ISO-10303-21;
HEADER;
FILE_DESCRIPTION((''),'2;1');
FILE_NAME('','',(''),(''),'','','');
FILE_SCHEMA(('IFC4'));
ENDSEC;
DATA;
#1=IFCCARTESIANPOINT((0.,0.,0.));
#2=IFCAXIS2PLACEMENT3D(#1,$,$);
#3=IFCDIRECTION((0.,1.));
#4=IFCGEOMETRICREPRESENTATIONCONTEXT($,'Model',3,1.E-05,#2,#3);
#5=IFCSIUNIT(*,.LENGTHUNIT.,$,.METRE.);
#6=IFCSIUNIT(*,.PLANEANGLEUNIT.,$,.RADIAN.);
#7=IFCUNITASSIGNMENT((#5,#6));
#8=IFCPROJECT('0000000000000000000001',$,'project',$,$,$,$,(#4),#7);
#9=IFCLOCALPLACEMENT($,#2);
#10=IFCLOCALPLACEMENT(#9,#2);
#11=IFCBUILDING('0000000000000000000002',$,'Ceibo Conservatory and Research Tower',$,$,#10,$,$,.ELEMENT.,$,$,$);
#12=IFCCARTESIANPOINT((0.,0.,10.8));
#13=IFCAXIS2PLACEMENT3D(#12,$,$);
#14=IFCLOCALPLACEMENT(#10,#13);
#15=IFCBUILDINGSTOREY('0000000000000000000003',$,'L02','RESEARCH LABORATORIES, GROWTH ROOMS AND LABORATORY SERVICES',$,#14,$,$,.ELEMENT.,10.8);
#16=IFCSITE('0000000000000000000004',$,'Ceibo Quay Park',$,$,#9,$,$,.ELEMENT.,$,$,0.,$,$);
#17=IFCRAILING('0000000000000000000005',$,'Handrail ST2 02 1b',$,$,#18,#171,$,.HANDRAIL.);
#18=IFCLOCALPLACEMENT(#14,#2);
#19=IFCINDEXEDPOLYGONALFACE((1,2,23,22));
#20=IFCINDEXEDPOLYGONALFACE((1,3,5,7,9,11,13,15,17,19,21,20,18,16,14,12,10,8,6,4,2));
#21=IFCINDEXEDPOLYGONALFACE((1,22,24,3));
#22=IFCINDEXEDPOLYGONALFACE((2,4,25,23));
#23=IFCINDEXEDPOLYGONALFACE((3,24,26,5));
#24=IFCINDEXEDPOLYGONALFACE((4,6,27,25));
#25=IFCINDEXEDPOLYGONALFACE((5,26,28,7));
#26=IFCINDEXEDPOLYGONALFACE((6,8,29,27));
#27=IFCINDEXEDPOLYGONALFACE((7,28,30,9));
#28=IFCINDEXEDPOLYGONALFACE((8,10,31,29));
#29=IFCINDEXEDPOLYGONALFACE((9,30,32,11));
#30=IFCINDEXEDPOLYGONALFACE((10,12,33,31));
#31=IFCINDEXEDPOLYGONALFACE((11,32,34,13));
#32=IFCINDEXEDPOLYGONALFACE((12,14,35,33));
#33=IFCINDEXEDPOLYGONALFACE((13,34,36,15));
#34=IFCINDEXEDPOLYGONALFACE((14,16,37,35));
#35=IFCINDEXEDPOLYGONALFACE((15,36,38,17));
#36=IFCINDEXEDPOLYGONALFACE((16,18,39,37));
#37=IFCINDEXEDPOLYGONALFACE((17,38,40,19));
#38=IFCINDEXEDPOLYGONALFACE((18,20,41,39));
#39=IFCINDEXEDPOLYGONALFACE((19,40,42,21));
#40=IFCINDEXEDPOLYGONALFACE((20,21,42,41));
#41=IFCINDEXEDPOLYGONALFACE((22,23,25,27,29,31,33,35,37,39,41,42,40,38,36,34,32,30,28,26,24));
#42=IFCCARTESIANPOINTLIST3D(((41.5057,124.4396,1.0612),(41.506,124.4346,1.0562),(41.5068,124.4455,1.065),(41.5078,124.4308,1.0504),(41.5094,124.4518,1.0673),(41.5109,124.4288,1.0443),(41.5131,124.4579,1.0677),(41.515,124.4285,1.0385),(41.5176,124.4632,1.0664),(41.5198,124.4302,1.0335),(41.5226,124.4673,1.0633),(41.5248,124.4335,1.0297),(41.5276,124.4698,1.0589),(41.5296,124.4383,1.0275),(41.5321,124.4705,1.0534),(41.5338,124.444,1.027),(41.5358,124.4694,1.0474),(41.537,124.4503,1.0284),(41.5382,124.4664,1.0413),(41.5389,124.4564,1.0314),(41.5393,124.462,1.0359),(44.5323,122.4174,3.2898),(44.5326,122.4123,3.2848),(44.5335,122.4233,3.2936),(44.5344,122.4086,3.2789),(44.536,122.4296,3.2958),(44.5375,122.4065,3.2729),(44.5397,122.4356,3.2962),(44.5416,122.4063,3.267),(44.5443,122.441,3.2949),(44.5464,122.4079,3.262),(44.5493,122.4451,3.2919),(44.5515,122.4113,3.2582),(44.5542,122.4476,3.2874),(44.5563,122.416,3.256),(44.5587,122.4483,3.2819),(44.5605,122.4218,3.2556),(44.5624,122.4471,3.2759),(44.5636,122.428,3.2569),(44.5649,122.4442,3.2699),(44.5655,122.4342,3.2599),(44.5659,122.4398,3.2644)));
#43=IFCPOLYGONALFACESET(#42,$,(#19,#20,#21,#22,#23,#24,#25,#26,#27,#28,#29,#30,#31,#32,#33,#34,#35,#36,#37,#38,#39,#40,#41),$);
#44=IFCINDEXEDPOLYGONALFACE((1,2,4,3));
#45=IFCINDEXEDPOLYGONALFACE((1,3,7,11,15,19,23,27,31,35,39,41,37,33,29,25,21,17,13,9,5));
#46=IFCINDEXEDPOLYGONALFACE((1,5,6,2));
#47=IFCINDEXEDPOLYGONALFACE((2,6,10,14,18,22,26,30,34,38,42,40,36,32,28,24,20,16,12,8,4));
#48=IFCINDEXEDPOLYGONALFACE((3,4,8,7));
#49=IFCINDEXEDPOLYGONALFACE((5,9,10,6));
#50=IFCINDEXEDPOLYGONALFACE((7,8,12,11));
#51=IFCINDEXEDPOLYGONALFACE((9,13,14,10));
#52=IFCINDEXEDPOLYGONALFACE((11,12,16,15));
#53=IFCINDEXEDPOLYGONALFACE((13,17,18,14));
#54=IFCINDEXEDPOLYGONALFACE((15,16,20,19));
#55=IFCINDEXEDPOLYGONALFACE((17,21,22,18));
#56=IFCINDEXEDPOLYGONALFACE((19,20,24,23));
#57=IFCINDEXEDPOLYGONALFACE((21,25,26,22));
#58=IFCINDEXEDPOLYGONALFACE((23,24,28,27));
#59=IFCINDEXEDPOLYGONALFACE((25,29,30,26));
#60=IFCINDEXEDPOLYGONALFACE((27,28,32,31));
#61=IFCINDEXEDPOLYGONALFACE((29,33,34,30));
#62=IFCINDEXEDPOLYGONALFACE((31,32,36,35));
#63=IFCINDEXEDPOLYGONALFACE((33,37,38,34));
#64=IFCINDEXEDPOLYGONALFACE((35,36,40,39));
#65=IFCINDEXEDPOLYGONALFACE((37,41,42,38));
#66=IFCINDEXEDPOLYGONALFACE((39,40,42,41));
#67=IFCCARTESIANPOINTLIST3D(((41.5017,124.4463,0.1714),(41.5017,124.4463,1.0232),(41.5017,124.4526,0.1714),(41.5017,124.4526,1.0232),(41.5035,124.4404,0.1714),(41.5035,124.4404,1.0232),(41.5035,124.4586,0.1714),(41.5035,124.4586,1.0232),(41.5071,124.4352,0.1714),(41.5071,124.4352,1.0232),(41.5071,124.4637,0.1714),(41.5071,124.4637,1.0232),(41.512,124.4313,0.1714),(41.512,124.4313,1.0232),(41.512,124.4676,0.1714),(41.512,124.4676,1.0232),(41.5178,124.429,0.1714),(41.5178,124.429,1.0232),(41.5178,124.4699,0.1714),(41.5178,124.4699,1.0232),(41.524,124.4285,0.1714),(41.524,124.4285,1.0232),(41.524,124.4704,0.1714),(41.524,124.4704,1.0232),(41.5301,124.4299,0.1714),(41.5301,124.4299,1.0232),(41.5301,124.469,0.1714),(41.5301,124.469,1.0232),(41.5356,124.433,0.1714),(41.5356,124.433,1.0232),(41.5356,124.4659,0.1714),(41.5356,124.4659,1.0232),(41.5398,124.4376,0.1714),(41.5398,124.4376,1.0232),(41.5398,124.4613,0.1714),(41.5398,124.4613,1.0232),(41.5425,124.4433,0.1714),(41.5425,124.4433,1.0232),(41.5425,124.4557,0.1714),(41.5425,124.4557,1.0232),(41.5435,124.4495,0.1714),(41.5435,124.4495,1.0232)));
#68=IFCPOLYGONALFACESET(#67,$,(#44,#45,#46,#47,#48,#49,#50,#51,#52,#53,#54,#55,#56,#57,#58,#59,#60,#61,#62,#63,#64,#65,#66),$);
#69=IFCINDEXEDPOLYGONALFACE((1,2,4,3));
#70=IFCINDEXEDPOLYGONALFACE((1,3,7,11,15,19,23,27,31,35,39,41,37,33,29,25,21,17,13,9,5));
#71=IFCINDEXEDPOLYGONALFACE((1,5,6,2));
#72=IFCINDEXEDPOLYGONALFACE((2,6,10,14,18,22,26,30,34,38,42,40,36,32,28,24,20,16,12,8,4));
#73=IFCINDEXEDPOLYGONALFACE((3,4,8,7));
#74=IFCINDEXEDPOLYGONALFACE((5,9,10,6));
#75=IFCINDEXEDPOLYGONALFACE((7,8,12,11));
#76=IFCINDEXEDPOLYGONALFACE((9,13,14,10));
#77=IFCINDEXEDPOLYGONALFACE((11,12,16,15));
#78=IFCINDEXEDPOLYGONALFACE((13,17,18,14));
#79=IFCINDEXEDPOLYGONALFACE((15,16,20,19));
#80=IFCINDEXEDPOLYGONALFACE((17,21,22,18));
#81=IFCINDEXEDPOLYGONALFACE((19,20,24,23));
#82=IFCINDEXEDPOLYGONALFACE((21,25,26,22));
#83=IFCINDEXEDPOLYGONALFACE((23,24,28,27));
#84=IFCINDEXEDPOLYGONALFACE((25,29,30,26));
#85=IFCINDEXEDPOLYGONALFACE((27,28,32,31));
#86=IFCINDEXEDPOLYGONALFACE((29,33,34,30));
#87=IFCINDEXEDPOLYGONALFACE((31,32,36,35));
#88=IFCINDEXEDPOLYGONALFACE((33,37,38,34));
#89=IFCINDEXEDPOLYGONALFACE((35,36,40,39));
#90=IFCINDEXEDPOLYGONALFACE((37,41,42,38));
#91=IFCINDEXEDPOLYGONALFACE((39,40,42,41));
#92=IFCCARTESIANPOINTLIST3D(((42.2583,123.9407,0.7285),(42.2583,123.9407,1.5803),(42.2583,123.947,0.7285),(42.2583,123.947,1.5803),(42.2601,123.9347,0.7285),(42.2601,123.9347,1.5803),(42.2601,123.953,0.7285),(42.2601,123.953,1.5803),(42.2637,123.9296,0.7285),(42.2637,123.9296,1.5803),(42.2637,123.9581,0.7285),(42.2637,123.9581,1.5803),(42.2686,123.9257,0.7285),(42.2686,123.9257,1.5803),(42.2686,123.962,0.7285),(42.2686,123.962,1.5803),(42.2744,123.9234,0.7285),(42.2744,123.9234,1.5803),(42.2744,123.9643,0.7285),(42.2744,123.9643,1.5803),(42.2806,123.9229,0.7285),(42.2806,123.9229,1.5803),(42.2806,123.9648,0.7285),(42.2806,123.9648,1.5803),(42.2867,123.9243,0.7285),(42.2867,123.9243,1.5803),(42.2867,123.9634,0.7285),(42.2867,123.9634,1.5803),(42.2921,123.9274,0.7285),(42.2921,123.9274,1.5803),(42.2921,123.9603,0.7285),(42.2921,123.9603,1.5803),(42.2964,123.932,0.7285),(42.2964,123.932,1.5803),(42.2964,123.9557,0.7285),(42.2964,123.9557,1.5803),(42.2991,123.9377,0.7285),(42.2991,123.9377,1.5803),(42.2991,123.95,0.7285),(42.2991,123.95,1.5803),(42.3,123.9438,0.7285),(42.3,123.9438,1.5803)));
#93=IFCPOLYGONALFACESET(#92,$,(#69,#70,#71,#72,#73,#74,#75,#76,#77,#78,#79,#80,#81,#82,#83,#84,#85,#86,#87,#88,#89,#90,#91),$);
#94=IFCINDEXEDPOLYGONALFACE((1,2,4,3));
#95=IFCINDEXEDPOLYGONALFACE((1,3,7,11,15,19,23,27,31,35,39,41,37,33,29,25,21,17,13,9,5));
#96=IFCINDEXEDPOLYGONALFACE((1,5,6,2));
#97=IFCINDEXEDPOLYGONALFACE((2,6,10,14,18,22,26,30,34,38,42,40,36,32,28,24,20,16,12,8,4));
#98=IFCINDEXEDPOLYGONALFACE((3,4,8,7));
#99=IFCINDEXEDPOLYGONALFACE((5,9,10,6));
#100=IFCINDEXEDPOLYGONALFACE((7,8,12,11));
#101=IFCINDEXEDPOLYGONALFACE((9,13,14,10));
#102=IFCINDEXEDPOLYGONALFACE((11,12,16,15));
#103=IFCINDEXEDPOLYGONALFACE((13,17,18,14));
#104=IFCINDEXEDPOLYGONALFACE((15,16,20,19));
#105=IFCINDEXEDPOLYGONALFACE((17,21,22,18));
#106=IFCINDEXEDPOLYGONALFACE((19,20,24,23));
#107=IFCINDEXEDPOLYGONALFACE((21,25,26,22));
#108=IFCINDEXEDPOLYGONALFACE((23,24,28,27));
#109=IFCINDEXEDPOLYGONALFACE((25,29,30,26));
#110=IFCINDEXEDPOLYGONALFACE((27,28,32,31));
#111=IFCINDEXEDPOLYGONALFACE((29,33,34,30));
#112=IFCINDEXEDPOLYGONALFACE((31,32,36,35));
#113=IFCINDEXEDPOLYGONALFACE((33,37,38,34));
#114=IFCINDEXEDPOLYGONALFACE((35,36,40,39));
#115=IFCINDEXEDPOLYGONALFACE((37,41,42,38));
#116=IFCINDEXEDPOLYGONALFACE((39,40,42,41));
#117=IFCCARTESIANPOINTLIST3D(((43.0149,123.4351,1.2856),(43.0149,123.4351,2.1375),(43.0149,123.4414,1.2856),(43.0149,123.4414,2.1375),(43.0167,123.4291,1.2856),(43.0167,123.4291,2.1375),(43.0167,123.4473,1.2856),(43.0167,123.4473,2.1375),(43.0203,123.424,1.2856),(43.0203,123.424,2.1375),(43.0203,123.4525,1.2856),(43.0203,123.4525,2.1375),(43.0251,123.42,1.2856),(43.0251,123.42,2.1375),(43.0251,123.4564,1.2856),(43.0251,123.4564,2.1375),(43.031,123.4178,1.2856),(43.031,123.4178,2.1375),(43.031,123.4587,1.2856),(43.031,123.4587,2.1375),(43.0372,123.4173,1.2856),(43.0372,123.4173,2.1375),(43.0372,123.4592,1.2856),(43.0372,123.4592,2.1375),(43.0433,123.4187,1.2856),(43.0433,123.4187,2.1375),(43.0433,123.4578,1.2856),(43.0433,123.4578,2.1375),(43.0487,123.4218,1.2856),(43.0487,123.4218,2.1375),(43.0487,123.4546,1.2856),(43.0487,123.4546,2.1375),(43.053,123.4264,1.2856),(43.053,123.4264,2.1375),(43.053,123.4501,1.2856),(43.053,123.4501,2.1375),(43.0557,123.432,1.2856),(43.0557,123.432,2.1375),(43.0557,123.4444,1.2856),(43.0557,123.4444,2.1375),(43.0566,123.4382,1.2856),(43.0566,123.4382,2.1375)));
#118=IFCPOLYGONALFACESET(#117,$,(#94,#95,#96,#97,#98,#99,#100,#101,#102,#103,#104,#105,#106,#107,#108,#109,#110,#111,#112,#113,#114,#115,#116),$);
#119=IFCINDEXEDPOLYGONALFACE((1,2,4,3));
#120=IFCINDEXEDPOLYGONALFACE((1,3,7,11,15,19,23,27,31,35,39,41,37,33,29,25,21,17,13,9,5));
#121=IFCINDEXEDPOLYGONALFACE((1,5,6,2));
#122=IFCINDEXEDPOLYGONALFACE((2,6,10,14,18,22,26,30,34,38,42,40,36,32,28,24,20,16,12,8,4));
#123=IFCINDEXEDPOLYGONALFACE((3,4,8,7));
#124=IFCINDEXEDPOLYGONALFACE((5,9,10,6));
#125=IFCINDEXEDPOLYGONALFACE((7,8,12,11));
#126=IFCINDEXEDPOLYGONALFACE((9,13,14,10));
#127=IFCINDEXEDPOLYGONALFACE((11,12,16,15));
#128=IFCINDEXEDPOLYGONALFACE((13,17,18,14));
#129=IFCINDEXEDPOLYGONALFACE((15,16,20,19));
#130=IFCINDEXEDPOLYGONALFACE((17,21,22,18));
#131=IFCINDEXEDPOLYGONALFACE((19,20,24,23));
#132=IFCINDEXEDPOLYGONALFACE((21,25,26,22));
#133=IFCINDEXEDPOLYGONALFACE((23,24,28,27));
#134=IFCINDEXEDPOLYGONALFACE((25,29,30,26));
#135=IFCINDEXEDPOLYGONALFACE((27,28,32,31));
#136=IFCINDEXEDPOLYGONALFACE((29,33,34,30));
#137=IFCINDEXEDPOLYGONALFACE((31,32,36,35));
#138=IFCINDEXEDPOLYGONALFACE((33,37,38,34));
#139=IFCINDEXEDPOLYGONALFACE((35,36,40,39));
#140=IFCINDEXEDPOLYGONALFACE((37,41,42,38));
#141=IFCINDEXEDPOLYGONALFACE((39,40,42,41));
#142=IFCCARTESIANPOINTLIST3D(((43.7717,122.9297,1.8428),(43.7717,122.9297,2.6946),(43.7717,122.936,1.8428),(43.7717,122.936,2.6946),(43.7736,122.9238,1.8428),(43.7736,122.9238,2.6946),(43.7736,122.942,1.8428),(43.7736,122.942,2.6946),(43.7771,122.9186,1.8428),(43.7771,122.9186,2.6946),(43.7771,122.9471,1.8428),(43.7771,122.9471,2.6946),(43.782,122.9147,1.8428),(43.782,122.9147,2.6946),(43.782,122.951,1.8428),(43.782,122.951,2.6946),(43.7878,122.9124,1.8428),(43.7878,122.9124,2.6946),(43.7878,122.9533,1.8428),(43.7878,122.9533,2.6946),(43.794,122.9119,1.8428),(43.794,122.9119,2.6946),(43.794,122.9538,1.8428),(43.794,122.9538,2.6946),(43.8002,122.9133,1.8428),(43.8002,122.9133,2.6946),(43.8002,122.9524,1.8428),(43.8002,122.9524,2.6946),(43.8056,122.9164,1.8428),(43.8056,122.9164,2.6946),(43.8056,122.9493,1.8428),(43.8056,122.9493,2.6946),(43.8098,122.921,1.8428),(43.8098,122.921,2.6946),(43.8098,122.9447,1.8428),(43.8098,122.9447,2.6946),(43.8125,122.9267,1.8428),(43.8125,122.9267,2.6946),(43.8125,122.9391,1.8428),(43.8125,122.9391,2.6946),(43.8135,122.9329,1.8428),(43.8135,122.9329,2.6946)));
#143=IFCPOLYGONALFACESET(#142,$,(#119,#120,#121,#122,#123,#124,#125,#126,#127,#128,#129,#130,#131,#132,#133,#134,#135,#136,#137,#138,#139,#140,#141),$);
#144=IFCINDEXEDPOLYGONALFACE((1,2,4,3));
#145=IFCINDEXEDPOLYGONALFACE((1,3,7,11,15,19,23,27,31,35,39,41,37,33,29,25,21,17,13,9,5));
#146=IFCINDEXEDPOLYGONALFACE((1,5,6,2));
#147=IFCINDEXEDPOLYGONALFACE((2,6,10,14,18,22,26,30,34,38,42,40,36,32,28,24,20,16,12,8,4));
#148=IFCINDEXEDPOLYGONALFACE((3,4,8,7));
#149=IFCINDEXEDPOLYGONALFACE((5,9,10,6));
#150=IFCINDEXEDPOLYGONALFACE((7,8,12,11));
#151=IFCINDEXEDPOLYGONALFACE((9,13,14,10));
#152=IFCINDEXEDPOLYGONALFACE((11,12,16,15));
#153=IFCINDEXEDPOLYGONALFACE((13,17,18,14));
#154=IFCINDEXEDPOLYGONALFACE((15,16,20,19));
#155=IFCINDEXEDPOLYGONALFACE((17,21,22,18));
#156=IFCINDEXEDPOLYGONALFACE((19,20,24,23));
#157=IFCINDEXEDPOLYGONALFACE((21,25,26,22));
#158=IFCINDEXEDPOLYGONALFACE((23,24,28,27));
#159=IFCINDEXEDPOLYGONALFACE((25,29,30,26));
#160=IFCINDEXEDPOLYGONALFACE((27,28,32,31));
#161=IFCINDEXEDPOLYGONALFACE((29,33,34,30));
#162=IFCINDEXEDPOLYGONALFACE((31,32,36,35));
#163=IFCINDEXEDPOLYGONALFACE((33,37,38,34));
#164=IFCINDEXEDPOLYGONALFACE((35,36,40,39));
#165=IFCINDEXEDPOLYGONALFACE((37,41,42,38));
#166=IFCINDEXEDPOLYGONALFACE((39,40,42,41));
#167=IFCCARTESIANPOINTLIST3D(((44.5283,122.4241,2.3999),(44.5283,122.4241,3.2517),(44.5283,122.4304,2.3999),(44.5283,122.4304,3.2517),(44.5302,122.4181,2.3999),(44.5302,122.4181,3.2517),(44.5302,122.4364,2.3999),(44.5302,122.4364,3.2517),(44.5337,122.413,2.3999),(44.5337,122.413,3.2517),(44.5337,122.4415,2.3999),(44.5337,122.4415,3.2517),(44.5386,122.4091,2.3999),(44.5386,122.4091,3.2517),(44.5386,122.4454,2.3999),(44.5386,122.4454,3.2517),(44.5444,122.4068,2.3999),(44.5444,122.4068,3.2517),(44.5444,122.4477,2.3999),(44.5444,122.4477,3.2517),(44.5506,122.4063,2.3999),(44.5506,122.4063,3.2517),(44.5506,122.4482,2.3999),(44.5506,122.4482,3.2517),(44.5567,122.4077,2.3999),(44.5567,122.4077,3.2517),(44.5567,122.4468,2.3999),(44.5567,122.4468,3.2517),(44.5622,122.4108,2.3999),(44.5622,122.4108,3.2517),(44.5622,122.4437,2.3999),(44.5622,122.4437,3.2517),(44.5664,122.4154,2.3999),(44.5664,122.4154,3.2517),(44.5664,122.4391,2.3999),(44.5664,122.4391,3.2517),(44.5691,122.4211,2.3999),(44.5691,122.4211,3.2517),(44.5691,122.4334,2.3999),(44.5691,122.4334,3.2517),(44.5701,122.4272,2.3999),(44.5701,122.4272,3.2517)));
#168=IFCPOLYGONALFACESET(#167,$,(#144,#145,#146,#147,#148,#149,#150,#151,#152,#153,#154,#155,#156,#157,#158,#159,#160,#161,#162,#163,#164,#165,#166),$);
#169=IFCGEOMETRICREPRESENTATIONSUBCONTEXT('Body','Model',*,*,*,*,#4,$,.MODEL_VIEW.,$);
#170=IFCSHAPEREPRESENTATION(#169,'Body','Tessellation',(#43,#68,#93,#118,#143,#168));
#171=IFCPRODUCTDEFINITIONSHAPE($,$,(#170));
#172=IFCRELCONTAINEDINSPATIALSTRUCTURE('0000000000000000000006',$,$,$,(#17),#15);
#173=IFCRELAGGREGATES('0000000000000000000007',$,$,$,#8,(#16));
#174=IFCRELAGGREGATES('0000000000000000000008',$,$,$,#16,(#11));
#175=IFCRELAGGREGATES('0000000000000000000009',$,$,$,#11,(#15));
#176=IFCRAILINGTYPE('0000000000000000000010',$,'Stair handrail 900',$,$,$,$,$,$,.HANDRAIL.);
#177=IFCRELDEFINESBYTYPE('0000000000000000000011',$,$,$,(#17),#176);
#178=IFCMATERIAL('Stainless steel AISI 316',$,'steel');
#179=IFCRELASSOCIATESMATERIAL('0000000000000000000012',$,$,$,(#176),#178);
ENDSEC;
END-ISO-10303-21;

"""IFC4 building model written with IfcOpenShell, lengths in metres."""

from ifc_helpers import new_model, si_unit, direction, frame, origin, origin_2d, place, context, subcontext, project, spatial, circle, extrude, material, type_object, element, save


model = new_model("IFC4")

# Units and contexts
model_context = context("Model", 3, precision=1e-05, world=origin(), true_north=direction((0.0, 1.0)))
body_context = subcontext(model_context, "Body", "Model", "MODEL_VIEW")
ifc_project = project(units=[si_unit("LENGTHUNIT", "METRE"), si_unit("PLANEANGLEUNIT", "RADIAN")], contexts=[model_context])

# Site, building, storey
site_placement = place(None, origin())
site = spatial("IfcSite", under=ifc_project, at=site_placement, Name="Ceibo Quay Park", CompositionType="ELEMENT", RefElevation=0.0)
building_placement = place(site_placement, origin())
building = spatial("IfcBuilding", under=site, at=building_placement, Name="Ceibo Conservatory and Research Tower", CompositionType="ELEMENT")
storey_placement = place(building_placement, frame((0.0, 0.0, 10.8)))
storey = spatial("IfcBuildingStorey", under=building, at=storey_placement, Name="L02", Description="RESEARCH LABORATORIES, GROWTH ROOMS AND LABORATORY SERVICES", CompositionType="ELEMENT", Elevation=10.8)

# Shared definitions
ifc_material_1 = material(Name="Stainless steel AISI 316", Category="steel")

# Railing
railing_type = type_object("IfcRailingType", Name="Stair handrail 900", PredefinedType="HANDRAIL", material=ifc_material_1)
railing_1_placement = place(storey_placement, frame((41.5225, 124.4495, 0.1714)))
element("IfcRailing", 1, at=railing_1_placement, inside=storey, type_object=railing_type, Name="Handrail ST2 02 1b", PredefinedType="HANDRAIL", context=body_context, shape_type="SweptSolid", body=[
    extrude(circle(Radius=0.0239, at=origin_2d()), frame((0.0, 0.0, 0.876), z_axis=(0.709137, -0.473806, 0.522142), x_axis=(0.555551, 0.831482, 0.0)), (0.0, 0.0, 1.0), 4.2681),
    extrude(circle(Radius=0.021, at=origin_2d()), origin(), (0.0, 0.0, 1.0), 0.8518),
    extrude(circle(Radius=0.021, at=origin_2d()), frame((0.7566, -0.5056, 0.5571)), (0.0, 0.0, 1.0), 0.8518),
    extrude(circle(Radius=0.021, at=origin_2d()), frame((1.5132, -1.0112, 1.1143)), (0.0, 0.0, 1.0), 0.8518),
    extrude(circle(Radius=0.021, at=origin_2d()), frame((2.27, -1.5166, 1.6714)), (0.0, 0.0, 1.0), 0.8518),
    extrude(circle(Radius=0.021, at=origin_2d()), frame((3.0266, -2.0222, 2.2285)), (0.0, 0.0, 1.0), 0.8518),
])

save(model, "model.ifc")
